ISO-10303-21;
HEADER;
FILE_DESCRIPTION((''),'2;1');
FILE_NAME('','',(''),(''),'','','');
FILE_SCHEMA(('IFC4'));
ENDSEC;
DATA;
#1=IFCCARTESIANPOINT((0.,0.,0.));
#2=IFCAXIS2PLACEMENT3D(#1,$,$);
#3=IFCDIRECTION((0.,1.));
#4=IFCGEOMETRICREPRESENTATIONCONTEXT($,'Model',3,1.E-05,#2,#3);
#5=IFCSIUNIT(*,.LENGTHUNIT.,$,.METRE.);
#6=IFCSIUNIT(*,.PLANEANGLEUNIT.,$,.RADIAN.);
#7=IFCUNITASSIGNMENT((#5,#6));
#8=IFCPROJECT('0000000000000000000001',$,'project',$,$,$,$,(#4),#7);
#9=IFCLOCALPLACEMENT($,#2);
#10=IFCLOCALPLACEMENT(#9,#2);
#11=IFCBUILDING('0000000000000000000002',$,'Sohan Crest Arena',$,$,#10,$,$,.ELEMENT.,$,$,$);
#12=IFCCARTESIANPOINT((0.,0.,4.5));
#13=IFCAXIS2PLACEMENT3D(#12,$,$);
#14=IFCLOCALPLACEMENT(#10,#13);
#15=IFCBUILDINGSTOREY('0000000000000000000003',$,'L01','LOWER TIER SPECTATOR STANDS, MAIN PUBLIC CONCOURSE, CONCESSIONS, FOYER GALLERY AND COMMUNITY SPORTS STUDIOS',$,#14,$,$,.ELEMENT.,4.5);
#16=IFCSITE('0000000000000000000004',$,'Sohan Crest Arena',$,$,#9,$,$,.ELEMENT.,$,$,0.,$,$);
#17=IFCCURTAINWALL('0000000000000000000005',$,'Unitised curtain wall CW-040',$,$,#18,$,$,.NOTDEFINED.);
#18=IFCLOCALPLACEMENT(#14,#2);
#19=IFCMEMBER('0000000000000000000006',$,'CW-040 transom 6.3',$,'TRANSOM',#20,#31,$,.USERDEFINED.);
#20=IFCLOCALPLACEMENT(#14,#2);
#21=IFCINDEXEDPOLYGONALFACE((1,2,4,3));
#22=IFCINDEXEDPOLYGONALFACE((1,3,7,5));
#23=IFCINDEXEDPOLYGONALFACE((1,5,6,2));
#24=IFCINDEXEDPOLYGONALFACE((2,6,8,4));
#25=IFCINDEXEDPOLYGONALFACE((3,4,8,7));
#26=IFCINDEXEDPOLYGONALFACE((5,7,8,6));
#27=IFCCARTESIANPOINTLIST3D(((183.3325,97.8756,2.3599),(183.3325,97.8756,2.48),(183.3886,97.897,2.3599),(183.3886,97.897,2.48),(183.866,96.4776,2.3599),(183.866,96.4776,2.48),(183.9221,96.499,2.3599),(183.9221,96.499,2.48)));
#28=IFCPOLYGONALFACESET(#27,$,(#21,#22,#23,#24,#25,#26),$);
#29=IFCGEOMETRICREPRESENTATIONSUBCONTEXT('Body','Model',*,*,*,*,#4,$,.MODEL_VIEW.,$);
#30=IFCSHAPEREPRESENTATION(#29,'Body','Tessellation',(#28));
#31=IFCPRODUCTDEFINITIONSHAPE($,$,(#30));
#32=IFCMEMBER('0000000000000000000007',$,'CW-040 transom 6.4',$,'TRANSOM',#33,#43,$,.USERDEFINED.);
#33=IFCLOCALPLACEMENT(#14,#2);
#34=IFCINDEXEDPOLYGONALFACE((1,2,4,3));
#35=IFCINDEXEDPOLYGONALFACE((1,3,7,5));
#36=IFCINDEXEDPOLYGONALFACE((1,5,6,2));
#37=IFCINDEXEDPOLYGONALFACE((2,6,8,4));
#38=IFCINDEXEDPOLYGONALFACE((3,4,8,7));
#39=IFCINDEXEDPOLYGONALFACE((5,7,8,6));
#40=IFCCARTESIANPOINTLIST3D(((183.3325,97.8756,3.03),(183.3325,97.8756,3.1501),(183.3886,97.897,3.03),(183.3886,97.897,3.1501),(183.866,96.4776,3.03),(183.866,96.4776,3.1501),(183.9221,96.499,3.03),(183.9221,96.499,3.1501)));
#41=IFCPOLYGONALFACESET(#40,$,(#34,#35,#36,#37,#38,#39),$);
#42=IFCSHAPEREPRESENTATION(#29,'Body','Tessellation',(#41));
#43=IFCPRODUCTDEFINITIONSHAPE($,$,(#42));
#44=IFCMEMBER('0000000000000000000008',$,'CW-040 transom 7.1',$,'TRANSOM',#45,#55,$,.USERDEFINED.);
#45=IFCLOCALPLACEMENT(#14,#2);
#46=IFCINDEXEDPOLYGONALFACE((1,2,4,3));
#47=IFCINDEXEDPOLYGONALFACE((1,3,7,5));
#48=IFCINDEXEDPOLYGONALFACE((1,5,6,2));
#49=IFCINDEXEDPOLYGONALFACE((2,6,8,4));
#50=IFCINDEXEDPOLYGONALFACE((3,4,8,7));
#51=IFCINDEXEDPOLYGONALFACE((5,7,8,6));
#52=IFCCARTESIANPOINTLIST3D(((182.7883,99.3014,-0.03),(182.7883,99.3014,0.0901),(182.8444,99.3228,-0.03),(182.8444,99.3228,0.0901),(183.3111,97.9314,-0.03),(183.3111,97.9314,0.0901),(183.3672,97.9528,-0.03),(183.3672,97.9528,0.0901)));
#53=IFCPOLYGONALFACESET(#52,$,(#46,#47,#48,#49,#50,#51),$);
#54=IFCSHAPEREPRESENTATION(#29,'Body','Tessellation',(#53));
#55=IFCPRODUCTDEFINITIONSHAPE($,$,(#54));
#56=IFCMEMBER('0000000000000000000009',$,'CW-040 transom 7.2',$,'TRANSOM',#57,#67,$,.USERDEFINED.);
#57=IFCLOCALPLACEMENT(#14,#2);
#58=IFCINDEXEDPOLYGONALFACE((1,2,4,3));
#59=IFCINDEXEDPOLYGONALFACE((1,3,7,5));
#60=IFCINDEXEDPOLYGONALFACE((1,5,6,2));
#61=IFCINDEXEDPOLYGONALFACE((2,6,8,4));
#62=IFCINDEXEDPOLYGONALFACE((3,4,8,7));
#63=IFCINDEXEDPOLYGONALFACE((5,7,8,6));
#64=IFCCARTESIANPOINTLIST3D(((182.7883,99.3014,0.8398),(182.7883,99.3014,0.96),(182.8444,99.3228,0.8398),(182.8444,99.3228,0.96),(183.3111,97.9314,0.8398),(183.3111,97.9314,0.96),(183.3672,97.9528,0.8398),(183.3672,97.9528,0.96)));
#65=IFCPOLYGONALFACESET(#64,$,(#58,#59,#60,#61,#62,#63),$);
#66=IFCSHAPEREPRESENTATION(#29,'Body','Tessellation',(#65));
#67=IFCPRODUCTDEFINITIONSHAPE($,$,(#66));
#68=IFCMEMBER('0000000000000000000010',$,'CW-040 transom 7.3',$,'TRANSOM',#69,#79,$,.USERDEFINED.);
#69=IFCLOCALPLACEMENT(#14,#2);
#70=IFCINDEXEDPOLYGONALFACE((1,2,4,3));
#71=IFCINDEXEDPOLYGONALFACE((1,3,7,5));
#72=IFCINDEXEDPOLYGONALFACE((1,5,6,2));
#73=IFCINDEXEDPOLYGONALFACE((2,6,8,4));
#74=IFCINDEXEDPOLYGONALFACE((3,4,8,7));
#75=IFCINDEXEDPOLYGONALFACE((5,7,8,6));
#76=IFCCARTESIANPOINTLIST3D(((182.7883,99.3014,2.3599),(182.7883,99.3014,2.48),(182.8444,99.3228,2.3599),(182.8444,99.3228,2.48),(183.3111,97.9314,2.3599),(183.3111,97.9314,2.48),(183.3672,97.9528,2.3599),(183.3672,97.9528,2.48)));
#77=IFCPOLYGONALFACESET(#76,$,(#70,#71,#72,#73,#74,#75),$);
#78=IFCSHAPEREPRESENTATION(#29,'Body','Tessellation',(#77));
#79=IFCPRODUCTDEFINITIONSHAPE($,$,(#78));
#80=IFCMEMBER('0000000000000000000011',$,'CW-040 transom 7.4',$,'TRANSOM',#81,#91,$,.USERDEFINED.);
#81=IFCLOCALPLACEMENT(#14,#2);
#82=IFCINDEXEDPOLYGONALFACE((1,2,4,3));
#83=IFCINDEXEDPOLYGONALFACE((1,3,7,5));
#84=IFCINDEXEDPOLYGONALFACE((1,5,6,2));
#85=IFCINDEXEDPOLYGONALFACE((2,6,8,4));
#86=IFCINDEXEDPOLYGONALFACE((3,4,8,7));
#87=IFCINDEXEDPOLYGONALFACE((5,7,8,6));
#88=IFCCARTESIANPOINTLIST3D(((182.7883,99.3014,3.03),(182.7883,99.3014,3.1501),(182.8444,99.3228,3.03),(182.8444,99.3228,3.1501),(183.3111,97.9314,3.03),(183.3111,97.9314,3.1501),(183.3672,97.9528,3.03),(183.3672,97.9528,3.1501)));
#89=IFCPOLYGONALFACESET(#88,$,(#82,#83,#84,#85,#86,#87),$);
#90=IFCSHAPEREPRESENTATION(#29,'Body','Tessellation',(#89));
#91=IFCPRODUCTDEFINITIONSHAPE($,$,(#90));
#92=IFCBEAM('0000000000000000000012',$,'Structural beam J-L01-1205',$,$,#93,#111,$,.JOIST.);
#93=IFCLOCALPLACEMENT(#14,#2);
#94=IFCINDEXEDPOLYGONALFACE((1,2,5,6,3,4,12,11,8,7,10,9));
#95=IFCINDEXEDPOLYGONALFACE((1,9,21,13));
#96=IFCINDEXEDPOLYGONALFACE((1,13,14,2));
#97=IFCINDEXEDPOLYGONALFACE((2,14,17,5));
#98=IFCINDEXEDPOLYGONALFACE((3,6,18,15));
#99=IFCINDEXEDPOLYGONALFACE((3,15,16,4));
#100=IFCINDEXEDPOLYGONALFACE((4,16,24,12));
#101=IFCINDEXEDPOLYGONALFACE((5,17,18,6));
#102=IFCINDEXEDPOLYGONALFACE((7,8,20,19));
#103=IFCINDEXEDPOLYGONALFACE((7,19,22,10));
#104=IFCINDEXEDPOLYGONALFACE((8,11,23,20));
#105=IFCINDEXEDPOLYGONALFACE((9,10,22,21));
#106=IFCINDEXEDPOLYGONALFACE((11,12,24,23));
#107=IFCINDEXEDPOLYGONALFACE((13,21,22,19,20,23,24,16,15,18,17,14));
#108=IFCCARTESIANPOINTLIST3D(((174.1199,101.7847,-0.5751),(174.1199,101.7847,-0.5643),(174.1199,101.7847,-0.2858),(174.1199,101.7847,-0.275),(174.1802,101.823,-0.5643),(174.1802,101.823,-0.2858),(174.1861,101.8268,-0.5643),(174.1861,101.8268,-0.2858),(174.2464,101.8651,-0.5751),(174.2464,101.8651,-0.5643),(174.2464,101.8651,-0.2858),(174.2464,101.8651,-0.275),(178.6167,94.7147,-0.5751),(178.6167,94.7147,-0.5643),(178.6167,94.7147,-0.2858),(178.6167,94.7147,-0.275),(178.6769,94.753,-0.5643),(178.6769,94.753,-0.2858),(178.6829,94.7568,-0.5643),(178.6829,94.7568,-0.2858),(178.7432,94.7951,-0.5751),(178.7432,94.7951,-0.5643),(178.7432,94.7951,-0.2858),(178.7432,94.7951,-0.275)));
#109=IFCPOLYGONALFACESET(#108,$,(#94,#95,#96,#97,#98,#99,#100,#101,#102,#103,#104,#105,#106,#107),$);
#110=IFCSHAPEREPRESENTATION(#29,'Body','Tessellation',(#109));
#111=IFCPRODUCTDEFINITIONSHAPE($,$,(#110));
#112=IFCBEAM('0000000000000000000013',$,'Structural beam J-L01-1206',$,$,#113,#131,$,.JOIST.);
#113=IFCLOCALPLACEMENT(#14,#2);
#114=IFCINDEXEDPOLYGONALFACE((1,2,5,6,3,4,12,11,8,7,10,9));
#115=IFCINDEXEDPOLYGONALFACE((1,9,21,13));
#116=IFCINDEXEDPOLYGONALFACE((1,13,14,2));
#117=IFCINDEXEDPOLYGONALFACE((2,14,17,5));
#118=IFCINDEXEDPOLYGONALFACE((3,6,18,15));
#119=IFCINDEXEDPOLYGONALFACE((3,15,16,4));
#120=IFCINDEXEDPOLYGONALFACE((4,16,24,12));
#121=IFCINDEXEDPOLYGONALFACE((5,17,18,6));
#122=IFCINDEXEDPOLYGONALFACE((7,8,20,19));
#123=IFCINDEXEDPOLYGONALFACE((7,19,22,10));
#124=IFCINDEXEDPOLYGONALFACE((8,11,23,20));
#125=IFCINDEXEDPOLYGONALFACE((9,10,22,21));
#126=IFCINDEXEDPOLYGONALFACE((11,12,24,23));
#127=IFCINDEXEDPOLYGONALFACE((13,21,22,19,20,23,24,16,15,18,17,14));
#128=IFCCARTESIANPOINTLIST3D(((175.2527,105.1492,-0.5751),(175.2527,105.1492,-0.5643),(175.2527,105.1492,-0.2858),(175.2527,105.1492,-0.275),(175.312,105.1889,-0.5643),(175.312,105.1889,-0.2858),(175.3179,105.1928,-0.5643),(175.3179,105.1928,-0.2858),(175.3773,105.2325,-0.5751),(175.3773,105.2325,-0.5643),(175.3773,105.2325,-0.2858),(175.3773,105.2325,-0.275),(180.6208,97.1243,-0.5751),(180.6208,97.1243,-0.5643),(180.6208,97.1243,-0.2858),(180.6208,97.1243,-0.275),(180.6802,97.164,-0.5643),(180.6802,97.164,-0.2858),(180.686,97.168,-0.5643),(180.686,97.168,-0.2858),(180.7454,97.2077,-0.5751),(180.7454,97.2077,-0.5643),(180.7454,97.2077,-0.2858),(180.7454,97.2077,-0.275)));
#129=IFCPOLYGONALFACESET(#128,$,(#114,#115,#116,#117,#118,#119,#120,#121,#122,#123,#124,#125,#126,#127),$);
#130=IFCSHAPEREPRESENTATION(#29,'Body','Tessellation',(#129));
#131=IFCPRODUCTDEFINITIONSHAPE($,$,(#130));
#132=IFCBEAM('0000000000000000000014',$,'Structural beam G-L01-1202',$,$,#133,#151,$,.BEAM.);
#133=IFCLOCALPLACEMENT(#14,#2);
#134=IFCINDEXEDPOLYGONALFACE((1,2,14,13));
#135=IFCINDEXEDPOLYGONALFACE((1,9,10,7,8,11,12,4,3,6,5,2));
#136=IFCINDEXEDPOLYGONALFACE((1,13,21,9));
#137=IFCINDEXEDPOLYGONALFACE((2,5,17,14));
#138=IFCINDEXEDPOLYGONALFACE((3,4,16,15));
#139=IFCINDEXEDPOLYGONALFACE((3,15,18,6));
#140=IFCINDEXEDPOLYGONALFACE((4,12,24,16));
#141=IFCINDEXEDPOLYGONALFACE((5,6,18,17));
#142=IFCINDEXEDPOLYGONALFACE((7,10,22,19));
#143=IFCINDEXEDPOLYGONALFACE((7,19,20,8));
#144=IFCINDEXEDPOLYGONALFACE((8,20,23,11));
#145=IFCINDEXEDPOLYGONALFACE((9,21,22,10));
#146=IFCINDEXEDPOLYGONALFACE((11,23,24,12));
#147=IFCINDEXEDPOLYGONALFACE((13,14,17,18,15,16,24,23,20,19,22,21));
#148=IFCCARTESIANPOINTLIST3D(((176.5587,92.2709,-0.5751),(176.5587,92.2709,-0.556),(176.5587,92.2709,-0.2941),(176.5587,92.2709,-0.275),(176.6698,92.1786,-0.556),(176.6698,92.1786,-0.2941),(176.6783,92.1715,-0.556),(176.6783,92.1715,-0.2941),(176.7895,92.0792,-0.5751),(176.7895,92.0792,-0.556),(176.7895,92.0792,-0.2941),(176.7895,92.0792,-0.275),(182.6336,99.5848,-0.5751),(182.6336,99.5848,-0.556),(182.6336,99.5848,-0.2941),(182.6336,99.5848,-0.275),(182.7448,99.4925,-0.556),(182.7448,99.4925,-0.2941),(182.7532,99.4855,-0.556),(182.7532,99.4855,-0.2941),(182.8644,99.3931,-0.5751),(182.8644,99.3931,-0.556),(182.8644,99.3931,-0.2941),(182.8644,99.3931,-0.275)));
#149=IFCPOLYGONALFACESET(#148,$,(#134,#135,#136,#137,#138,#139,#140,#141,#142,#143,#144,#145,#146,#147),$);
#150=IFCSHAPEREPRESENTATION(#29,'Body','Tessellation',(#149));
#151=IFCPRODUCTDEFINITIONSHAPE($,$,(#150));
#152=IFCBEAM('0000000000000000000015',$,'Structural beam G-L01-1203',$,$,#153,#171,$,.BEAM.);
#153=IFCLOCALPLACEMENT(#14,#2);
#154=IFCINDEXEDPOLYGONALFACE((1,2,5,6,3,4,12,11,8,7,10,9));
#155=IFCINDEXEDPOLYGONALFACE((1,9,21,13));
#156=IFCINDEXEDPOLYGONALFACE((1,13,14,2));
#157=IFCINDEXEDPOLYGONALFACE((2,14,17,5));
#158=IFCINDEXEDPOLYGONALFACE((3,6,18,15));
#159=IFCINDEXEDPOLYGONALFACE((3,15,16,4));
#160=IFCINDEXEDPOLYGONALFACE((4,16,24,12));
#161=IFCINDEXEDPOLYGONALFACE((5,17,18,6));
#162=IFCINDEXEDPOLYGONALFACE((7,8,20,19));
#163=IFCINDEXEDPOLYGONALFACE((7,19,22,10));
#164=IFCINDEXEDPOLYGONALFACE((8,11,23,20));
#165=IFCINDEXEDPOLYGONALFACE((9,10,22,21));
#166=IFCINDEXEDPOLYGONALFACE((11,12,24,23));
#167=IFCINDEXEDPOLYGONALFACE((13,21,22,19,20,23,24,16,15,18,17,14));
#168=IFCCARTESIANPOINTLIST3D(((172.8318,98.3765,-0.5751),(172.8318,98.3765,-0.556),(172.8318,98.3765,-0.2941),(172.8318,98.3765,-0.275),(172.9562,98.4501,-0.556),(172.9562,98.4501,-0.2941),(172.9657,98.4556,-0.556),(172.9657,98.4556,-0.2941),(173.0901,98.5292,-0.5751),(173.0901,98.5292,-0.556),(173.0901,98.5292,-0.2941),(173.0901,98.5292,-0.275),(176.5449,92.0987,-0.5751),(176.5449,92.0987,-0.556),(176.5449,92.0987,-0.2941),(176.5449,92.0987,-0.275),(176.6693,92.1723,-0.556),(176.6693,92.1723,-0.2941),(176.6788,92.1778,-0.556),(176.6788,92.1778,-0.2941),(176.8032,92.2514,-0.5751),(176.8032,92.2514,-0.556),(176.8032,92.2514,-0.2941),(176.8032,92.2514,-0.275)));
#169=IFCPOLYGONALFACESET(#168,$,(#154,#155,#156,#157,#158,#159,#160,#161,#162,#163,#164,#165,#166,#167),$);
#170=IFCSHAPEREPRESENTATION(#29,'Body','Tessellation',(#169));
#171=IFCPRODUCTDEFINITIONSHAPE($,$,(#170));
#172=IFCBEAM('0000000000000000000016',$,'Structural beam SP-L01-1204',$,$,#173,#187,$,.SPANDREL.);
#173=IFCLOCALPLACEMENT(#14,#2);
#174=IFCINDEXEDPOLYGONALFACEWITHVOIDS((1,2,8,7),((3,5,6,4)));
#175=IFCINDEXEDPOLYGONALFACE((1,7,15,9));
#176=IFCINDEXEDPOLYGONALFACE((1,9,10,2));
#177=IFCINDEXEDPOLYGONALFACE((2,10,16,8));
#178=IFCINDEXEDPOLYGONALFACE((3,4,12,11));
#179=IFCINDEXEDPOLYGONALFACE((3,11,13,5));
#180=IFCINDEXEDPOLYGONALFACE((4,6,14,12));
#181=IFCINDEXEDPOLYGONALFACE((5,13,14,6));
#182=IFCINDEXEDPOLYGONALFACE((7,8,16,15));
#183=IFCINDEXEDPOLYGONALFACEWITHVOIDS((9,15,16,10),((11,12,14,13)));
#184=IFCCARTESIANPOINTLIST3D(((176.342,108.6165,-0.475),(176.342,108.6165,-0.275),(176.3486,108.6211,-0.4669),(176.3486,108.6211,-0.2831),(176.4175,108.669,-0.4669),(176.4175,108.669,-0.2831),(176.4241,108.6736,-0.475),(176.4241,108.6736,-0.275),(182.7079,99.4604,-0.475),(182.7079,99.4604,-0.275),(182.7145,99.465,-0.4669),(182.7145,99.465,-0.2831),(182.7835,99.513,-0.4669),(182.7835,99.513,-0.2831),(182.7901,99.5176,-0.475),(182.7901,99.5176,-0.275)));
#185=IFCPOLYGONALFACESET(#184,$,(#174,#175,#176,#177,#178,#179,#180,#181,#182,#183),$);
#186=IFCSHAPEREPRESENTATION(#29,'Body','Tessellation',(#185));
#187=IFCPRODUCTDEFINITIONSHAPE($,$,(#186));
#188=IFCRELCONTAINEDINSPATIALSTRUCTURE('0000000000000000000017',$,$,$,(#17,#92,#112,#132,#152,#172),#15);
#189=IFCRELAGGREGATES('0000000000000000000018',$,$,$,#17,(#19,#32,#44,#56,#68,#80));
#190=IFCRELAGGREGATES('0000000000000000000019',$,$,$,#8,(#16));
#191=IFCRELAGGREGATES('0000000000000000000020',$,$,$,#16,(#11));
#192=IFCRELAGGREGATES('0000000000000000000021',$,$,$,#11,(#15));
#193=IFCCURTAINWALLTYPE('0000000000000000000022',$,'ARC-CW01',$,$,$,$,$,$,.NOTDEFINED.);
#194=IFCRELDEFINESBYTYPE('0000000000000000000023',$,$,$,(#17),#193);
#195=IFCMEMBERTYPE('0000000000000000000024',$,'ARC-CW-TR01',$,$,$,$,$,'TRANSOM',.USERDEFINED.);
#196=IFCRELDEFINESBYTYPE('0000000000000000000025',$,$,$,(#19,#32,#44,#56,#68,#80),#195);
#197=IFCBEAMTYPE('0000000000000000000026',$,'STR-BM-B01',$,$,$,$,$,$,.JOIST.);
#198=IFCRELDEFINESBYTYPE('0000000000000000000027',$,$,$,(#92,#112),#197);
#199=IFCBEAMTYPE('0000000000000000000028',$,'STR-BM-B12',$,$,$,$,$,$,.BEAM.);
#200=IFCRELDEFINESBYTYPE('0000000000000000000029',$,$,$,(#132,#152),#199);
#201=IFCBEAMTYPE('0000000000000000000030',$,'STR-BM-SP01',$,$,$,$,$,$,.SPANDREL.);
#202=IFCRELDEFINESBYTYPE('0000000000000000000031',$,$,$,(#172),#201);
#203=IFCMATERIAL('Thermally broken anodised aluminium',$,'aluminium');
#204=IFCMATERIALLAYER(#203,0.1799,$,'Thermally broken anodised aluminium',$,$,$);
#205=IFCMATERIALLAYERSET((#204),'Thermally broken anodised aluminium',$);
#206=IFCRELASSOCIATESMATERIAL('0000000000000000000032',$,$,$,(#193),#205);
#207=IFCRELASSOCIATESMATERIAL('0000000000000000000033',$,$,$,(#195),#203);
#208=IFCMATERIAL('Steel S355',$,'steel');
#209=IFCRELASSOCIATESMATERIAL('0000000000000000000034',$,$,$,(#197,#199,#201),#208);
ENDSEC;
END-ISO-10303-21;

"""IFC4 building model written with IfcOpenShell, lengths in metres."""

from ifc_helpers import new_model, si_unit, direction, frame, origin, origin_2d, place, context, subcontext, project, spatial, rectangle, hollow_rectangle, i_section, extrude, material, layer, layer_set, material_profile, profile_set, type_object, element, aggregate, save


model = new_model("IFC4")

# Units and contexts
model_context = context("Model", 3, precision=1e-05, world=origin(), true_north=direction((0.0, 1.0)))
body_context = subcontext(model_context, "Body", "Model", "MODEL_VIEW")
ifc_project = project(units=[si_unit("LENGTHUNIT", "METRE"), si_unit("PLANEANGLEUNIT", "RADIAN")], contexts=[model_context])

# Site, building, storey
site_placement = place(None, origin())
site = spatial("IfcSite", under=ifc_project, at=site_placement, Name="Sohan Crest Arena", CompositionType="ELEMENT", RefElevation=0.0)
building_placement = place(site_placement, origin())
building = spatial("IfcBuilding", under=site, at=building_placement, Name="Sohan Crest Arena", CompositionType="ELEMENT")
storey_placement = place(building_placement, frame((0.0, 0.0, 4.5)))
storey = spatial("IfcBuildingStorey", under=building, at=storey_placement, Name="L01", Description="LOWER TIER SPECTATOR STANDS, MAIN PUBLIC CONCOURSE, CONCESSIONS, FOYER GALLERY AND COMMUNITY SPORTS STUDIOS", CompositionType="ELEMENT", Elevation=4.5)

# Shared definitions
ifc_material_1 = material(Name="Steel S355", Category="steel")

# Curtain wall, members
ifc_material_2 = material(Name="Thermally broken anodised aluminium", Category="aluminium")
ifc_layer_1 = layer(ifc_material_2, 0.1799, Name="Thermally broken anodised aluminium")
ifc_layer_set_1 = layer_set([ifc_layer_1], Name="Thermally broken anodised aluminium")
curtain_wall_type = type_object("IfcCurtainWallType", Name="ARC-CW01", PredefinedType="NOTDEFINED", material=ifc_layer_set_1)
curtain_wall_placement = place(storey_placement, origin())
curtain_wall = element("IfcCurtainWall", 1, at=curtain_wall_placement, inside=storey, type_object=curtain_wall_type, Name="Unitised curtain wall CW-040", PredefinedType="NOTDEFINED")
ifc_material_profile_1 = material_profile(ifc_material_2, rectangle(XDim=0.0601, YDim=0.1201, at=origin_2d()), Name="ALU-TRAN 60x120")
ifc_profile_set_1 = profile_set([ifc_material_profile_1], Name="Thermally broken anodised aluminium")
member_type_1 = type_object("IfcMemberType", Name="ARC-CW-TR01", ElementType="TRANSOM", PredefinedType="USERDEFINED", material=ifc_profile_set_1)
member_1_placement = place(storey_placement, frame((183.894, 96.4883, 2.4199), z_axis=(-0.356518, 0.934289, 0.0), x_axis=(-0.934289, -0.356518, 0.0)))
member_1 = element("IfcMember", 2, at=member_1_placement, type_object=member_type_1, Name="CW-040 transom 6.3", ObjectType="TRANSOM", PredefinedType="USERDEFINED", context=body_context, shape_type="SweptSolid", body=[
    extrude(rectangle(XDim=0.0601, YDim=0.1201, at=origin_2d()), origin(), (0.0, 0.0, 1.0), 1.4963),
])
member_2_placement = place(storey_placement, frame((183.894, 96.4883, 3.0901), z_axis=(-0.356518, 0.934289, 0.0), x_axis=(-0.934289, -0.356518, 0.0)))
member_2 = element("IfcMember", 3, at=member_2_placement, type_object=member_type_1, Name="CW-040 transom 6.4", ObjectType="TRANSOM", PredefinedType="USERDEFINED", context=body_context, shape_type="SweptSolid", body=[
    extrude(rectangle(XDim=0.0601, YDim=0.1201, at=origin_2d()), origin(), (0.0, 0.0, 1.0), 1.4963),
])
member_3_placement = place(storey_placement, frame((183.3391, 97.9421, 0.03), z_axis=(-0.356501, 0.934295, 0.0), x_axis=(-0.934295, -0.356501, 0.0)))
member_3 = element("IfcMember", 4, at=member_3_placement, type_object=member_type_1, Name="CW-040 transom 7.1", ObjectType="TRANSOM", PredefinedType="USERDEFINED", context=body_context, shape_type="SweptSolid", body=[
    extrude(rectangle(XDim=0.0601, YDim=0.1201, at=origin_2d()), origin(), (0.0, 0.0, 1.0), 1.4663),
])
member_4_placement = place(storey_placement, frame((183.3391, 97.9421, 0.8999), z_axis=(-0.356501, 0.934295, 0.0), x_axis=(-0.934295, -0.356501, 0.0)))
member_4 = element("IfcMember", 5, at=member_4_placement, type_object=member_type_1, Name="CW-040 transom 7.2", ObjectType="TRANSOM", PredefinedType="USERDEFINED", context=body_context, shape_type="SweptSolid", body=[
    extrude(rectangle(XDim=0.0601, YDim=0.1201, at=origin_2d()), origin(), (0.0, 0.0, 1.0), 1.4663),
])
member_5_placement = place(storey_placement, frame((183.3391, 97.9421, 2.4199), z_axis=(-0.356501, 0.934295, 0.0), x_axis=(-0.934295, -0.356501, 0.0)))
member_5 = element("IfcMember", 6, at=member_5_placement, type_object=member_type_1, Name="CW-040 transom 7.3", ObjectType="TRANSOM", PredefinedType="USERDEFINED", context=body_context, shape_type="SweptSolid", body=[
    extrude(rectangle(XDim=0.0601, YDim=0.1201, at=origin_2d()), origin(), (0.0, 0.0, 1.0), 1.4663),
])
member_6_placement = place(storey_placement, frame((183.3391, 97.9421, 3.0901), z_axis=(-0.356501, 0.934295, 0.0), x_axis=(-0.934295, -0.356501, 0.0)))
member_6 = element("IfcMember", 7, at=member_6_placement, type_object=member_type_1, Name="CW-040 transom 7.4", ObjectType="TRANSOM", PredefinedType="USERDEFINED", context=body_context, shape_type="SweptSolid", body=[
    extrude(rectangle(XDim=0.0601, YDim=0.1201, at=origin_2d()), origin(), (0.0, 0.0, 1.0), 1.4663),
])

# Beams
ifc_material_profile_2 = material_profile(ifc_material_1, i_section(OverallWidth=0.1499, OverallDepth=0.3, WebThickness=0.0071, FlangeThickness=0.0107, at=origin_2d()), Name="IPE 300")
ifc_profile_set_2 = profile_set([ifc_material_profile_2], Name="Steel S355")
beam_type_1 = type_object("IfcBeamType", Name="STR-BM-B01", PredefinedType="JOIST", material=ifc_profile_set_2)
beam_1_placement = place(storey_placement, frame((178.6799, 94.7549, -0.425), z_axis=(-0.536679, 0.843786, 0.0), x_axis=(-0.843786, -0.536679, 0.0)))
element("IfcBeam", 8, at=beam_1_placement, inside=storey, type_object=beam_type_1, Name="Structural beam J-L01-1205", PredefinedType="JOIST", context=body_context, shape_type="SweptSolid", body=[
    extrude(i_section(OverallWidth=0.1499, OverallDepth=0.3, WebThickness=0.0071, FlangeThickness=0.0107, at=origin_2d()), origin(), (0.0, 0.0, 1.0), 8.3789),
])
beam_2_placement = place(storey_placement, frame((180.6831, 97.166, -0.425), z_axis=(-0.556007, 0.831178, 0.0), x_axis=(-0.831178, -0.556007, 0.0)))
element("IfcBeam", 9, at=beam_2_placement, inside=storey, type_object=beam_type_1, Name="Structural beam J-L01-1206", PredefinedType="JOIST", context=body_context, shape_type="SweptSolid", body=[
    extrude(i_section(OverallWidth=0.1499, OverallDepth=0.3, WebThickness=0.0071, FlangeThickness=0.0107, at=origin_2d()), origin(), (0.0, 0.0, 1.0), 9.6548),
])
ifc_material_profile_3 = material_profile(ifc_material_1, i_section(OverallWidth=0.3, OverallDepth=0.3, WebThickness=0.011, FlangeThickness=0.019, at=origin_2d()), Name="HEB 300")
ifc_profile_set_3 = profile_set([ifc_material_profile_3], Name="Steel S355")
beam_type_2 = type_object("IfcBeamType", Name="STR-BM-B12", PredefinedType="BEAM", material=ifc_profile_set_3)
beam_3_placement = place(storey_placement, frame((176.6741, 92.175, -0.425), z_axis=(0.638941, 0.769256, 0.0), x_axis=(-0.769256, 0.638941, 0.0)))
element("IfcBeam", 10, at=beam_3_placement, inside=storey, type_object=beam_type_2, Name="Structural beam G-L01-1202", PredefinedType="BEAM", context=body_context, shape_type="SweptSolid", body=[
    extrude(i_section(OverallWidth=0.3, OverallDepth=0.3, WebThickness=0.011, FlangeThickness=0.019, at=origin_2d()), origin(), (0.0, 0.0, 1.0), 9.5078),
])
beam_4_placement = place(storey_placement, frame((176.6741, 92.175, -0.425), z_axis=(-0.509086, 0.860716, 0.0), x_axis=(-0.860716, -0.509086, 0.0)))
element("IfcBeam", 11, at=beam_4_placement, inside=storey, type_object=beam_type_2, Name="Structural beam G-L01-1203", PredefinedType="BEAM", context=body_context, shape_type="SweptSolid", body=[
    extrude(i_section(OverallWidth=0.3, OverallDepth=0.3, WebThickness=0.011, FlangeThickness=0.019, at=origin_2d()), origin(), (0.0, 0.0, 1.0), 7.2937),
])
ifc_material_profile_4 = material_profile(ifc_material_1, hollow_rectangle(XDim=0.1001, YDim=0.2, WallThickness=0.0081, at=origin_2d()), Name="RHS 200x100x8")
ifc_profile_set_4 = profile_set([ifc_material_profile_4], Name="Steel S355")
beam_type_3 = type_object("IfcBeamType", Name="STR-BM-SP01", PredefinedType="SPANDREL", material=ifc_profile_set_4)
beam_5_placement = place(storey_placement, frame((182.749, 99.489, -0.375), z_axis=(-0.570857, 0.821049, 0.0), x_axis=(-0.821049, -0.570857, 0.0)))
element("IfcBeam", 12, at=beam_5_placement, inside=storey, type_object=beam_type_3, Name="Structural beam SP-L01-1204", PredefinedType="SPANDREL", context=body_context, shape_type="SweptSolid", body=[
    extrude(hollow_rectangle(XDim=0.1001, YDim=0.2, WallThickness=0.0081, at=origin_2d()), origin(), (0.0, 0.0, 1.0), 11.1516),
])

aggregate(curtain_wall, [member_1, member_2, member_3, member_4, member_5, member_6])

save(model, "model.ifc")
